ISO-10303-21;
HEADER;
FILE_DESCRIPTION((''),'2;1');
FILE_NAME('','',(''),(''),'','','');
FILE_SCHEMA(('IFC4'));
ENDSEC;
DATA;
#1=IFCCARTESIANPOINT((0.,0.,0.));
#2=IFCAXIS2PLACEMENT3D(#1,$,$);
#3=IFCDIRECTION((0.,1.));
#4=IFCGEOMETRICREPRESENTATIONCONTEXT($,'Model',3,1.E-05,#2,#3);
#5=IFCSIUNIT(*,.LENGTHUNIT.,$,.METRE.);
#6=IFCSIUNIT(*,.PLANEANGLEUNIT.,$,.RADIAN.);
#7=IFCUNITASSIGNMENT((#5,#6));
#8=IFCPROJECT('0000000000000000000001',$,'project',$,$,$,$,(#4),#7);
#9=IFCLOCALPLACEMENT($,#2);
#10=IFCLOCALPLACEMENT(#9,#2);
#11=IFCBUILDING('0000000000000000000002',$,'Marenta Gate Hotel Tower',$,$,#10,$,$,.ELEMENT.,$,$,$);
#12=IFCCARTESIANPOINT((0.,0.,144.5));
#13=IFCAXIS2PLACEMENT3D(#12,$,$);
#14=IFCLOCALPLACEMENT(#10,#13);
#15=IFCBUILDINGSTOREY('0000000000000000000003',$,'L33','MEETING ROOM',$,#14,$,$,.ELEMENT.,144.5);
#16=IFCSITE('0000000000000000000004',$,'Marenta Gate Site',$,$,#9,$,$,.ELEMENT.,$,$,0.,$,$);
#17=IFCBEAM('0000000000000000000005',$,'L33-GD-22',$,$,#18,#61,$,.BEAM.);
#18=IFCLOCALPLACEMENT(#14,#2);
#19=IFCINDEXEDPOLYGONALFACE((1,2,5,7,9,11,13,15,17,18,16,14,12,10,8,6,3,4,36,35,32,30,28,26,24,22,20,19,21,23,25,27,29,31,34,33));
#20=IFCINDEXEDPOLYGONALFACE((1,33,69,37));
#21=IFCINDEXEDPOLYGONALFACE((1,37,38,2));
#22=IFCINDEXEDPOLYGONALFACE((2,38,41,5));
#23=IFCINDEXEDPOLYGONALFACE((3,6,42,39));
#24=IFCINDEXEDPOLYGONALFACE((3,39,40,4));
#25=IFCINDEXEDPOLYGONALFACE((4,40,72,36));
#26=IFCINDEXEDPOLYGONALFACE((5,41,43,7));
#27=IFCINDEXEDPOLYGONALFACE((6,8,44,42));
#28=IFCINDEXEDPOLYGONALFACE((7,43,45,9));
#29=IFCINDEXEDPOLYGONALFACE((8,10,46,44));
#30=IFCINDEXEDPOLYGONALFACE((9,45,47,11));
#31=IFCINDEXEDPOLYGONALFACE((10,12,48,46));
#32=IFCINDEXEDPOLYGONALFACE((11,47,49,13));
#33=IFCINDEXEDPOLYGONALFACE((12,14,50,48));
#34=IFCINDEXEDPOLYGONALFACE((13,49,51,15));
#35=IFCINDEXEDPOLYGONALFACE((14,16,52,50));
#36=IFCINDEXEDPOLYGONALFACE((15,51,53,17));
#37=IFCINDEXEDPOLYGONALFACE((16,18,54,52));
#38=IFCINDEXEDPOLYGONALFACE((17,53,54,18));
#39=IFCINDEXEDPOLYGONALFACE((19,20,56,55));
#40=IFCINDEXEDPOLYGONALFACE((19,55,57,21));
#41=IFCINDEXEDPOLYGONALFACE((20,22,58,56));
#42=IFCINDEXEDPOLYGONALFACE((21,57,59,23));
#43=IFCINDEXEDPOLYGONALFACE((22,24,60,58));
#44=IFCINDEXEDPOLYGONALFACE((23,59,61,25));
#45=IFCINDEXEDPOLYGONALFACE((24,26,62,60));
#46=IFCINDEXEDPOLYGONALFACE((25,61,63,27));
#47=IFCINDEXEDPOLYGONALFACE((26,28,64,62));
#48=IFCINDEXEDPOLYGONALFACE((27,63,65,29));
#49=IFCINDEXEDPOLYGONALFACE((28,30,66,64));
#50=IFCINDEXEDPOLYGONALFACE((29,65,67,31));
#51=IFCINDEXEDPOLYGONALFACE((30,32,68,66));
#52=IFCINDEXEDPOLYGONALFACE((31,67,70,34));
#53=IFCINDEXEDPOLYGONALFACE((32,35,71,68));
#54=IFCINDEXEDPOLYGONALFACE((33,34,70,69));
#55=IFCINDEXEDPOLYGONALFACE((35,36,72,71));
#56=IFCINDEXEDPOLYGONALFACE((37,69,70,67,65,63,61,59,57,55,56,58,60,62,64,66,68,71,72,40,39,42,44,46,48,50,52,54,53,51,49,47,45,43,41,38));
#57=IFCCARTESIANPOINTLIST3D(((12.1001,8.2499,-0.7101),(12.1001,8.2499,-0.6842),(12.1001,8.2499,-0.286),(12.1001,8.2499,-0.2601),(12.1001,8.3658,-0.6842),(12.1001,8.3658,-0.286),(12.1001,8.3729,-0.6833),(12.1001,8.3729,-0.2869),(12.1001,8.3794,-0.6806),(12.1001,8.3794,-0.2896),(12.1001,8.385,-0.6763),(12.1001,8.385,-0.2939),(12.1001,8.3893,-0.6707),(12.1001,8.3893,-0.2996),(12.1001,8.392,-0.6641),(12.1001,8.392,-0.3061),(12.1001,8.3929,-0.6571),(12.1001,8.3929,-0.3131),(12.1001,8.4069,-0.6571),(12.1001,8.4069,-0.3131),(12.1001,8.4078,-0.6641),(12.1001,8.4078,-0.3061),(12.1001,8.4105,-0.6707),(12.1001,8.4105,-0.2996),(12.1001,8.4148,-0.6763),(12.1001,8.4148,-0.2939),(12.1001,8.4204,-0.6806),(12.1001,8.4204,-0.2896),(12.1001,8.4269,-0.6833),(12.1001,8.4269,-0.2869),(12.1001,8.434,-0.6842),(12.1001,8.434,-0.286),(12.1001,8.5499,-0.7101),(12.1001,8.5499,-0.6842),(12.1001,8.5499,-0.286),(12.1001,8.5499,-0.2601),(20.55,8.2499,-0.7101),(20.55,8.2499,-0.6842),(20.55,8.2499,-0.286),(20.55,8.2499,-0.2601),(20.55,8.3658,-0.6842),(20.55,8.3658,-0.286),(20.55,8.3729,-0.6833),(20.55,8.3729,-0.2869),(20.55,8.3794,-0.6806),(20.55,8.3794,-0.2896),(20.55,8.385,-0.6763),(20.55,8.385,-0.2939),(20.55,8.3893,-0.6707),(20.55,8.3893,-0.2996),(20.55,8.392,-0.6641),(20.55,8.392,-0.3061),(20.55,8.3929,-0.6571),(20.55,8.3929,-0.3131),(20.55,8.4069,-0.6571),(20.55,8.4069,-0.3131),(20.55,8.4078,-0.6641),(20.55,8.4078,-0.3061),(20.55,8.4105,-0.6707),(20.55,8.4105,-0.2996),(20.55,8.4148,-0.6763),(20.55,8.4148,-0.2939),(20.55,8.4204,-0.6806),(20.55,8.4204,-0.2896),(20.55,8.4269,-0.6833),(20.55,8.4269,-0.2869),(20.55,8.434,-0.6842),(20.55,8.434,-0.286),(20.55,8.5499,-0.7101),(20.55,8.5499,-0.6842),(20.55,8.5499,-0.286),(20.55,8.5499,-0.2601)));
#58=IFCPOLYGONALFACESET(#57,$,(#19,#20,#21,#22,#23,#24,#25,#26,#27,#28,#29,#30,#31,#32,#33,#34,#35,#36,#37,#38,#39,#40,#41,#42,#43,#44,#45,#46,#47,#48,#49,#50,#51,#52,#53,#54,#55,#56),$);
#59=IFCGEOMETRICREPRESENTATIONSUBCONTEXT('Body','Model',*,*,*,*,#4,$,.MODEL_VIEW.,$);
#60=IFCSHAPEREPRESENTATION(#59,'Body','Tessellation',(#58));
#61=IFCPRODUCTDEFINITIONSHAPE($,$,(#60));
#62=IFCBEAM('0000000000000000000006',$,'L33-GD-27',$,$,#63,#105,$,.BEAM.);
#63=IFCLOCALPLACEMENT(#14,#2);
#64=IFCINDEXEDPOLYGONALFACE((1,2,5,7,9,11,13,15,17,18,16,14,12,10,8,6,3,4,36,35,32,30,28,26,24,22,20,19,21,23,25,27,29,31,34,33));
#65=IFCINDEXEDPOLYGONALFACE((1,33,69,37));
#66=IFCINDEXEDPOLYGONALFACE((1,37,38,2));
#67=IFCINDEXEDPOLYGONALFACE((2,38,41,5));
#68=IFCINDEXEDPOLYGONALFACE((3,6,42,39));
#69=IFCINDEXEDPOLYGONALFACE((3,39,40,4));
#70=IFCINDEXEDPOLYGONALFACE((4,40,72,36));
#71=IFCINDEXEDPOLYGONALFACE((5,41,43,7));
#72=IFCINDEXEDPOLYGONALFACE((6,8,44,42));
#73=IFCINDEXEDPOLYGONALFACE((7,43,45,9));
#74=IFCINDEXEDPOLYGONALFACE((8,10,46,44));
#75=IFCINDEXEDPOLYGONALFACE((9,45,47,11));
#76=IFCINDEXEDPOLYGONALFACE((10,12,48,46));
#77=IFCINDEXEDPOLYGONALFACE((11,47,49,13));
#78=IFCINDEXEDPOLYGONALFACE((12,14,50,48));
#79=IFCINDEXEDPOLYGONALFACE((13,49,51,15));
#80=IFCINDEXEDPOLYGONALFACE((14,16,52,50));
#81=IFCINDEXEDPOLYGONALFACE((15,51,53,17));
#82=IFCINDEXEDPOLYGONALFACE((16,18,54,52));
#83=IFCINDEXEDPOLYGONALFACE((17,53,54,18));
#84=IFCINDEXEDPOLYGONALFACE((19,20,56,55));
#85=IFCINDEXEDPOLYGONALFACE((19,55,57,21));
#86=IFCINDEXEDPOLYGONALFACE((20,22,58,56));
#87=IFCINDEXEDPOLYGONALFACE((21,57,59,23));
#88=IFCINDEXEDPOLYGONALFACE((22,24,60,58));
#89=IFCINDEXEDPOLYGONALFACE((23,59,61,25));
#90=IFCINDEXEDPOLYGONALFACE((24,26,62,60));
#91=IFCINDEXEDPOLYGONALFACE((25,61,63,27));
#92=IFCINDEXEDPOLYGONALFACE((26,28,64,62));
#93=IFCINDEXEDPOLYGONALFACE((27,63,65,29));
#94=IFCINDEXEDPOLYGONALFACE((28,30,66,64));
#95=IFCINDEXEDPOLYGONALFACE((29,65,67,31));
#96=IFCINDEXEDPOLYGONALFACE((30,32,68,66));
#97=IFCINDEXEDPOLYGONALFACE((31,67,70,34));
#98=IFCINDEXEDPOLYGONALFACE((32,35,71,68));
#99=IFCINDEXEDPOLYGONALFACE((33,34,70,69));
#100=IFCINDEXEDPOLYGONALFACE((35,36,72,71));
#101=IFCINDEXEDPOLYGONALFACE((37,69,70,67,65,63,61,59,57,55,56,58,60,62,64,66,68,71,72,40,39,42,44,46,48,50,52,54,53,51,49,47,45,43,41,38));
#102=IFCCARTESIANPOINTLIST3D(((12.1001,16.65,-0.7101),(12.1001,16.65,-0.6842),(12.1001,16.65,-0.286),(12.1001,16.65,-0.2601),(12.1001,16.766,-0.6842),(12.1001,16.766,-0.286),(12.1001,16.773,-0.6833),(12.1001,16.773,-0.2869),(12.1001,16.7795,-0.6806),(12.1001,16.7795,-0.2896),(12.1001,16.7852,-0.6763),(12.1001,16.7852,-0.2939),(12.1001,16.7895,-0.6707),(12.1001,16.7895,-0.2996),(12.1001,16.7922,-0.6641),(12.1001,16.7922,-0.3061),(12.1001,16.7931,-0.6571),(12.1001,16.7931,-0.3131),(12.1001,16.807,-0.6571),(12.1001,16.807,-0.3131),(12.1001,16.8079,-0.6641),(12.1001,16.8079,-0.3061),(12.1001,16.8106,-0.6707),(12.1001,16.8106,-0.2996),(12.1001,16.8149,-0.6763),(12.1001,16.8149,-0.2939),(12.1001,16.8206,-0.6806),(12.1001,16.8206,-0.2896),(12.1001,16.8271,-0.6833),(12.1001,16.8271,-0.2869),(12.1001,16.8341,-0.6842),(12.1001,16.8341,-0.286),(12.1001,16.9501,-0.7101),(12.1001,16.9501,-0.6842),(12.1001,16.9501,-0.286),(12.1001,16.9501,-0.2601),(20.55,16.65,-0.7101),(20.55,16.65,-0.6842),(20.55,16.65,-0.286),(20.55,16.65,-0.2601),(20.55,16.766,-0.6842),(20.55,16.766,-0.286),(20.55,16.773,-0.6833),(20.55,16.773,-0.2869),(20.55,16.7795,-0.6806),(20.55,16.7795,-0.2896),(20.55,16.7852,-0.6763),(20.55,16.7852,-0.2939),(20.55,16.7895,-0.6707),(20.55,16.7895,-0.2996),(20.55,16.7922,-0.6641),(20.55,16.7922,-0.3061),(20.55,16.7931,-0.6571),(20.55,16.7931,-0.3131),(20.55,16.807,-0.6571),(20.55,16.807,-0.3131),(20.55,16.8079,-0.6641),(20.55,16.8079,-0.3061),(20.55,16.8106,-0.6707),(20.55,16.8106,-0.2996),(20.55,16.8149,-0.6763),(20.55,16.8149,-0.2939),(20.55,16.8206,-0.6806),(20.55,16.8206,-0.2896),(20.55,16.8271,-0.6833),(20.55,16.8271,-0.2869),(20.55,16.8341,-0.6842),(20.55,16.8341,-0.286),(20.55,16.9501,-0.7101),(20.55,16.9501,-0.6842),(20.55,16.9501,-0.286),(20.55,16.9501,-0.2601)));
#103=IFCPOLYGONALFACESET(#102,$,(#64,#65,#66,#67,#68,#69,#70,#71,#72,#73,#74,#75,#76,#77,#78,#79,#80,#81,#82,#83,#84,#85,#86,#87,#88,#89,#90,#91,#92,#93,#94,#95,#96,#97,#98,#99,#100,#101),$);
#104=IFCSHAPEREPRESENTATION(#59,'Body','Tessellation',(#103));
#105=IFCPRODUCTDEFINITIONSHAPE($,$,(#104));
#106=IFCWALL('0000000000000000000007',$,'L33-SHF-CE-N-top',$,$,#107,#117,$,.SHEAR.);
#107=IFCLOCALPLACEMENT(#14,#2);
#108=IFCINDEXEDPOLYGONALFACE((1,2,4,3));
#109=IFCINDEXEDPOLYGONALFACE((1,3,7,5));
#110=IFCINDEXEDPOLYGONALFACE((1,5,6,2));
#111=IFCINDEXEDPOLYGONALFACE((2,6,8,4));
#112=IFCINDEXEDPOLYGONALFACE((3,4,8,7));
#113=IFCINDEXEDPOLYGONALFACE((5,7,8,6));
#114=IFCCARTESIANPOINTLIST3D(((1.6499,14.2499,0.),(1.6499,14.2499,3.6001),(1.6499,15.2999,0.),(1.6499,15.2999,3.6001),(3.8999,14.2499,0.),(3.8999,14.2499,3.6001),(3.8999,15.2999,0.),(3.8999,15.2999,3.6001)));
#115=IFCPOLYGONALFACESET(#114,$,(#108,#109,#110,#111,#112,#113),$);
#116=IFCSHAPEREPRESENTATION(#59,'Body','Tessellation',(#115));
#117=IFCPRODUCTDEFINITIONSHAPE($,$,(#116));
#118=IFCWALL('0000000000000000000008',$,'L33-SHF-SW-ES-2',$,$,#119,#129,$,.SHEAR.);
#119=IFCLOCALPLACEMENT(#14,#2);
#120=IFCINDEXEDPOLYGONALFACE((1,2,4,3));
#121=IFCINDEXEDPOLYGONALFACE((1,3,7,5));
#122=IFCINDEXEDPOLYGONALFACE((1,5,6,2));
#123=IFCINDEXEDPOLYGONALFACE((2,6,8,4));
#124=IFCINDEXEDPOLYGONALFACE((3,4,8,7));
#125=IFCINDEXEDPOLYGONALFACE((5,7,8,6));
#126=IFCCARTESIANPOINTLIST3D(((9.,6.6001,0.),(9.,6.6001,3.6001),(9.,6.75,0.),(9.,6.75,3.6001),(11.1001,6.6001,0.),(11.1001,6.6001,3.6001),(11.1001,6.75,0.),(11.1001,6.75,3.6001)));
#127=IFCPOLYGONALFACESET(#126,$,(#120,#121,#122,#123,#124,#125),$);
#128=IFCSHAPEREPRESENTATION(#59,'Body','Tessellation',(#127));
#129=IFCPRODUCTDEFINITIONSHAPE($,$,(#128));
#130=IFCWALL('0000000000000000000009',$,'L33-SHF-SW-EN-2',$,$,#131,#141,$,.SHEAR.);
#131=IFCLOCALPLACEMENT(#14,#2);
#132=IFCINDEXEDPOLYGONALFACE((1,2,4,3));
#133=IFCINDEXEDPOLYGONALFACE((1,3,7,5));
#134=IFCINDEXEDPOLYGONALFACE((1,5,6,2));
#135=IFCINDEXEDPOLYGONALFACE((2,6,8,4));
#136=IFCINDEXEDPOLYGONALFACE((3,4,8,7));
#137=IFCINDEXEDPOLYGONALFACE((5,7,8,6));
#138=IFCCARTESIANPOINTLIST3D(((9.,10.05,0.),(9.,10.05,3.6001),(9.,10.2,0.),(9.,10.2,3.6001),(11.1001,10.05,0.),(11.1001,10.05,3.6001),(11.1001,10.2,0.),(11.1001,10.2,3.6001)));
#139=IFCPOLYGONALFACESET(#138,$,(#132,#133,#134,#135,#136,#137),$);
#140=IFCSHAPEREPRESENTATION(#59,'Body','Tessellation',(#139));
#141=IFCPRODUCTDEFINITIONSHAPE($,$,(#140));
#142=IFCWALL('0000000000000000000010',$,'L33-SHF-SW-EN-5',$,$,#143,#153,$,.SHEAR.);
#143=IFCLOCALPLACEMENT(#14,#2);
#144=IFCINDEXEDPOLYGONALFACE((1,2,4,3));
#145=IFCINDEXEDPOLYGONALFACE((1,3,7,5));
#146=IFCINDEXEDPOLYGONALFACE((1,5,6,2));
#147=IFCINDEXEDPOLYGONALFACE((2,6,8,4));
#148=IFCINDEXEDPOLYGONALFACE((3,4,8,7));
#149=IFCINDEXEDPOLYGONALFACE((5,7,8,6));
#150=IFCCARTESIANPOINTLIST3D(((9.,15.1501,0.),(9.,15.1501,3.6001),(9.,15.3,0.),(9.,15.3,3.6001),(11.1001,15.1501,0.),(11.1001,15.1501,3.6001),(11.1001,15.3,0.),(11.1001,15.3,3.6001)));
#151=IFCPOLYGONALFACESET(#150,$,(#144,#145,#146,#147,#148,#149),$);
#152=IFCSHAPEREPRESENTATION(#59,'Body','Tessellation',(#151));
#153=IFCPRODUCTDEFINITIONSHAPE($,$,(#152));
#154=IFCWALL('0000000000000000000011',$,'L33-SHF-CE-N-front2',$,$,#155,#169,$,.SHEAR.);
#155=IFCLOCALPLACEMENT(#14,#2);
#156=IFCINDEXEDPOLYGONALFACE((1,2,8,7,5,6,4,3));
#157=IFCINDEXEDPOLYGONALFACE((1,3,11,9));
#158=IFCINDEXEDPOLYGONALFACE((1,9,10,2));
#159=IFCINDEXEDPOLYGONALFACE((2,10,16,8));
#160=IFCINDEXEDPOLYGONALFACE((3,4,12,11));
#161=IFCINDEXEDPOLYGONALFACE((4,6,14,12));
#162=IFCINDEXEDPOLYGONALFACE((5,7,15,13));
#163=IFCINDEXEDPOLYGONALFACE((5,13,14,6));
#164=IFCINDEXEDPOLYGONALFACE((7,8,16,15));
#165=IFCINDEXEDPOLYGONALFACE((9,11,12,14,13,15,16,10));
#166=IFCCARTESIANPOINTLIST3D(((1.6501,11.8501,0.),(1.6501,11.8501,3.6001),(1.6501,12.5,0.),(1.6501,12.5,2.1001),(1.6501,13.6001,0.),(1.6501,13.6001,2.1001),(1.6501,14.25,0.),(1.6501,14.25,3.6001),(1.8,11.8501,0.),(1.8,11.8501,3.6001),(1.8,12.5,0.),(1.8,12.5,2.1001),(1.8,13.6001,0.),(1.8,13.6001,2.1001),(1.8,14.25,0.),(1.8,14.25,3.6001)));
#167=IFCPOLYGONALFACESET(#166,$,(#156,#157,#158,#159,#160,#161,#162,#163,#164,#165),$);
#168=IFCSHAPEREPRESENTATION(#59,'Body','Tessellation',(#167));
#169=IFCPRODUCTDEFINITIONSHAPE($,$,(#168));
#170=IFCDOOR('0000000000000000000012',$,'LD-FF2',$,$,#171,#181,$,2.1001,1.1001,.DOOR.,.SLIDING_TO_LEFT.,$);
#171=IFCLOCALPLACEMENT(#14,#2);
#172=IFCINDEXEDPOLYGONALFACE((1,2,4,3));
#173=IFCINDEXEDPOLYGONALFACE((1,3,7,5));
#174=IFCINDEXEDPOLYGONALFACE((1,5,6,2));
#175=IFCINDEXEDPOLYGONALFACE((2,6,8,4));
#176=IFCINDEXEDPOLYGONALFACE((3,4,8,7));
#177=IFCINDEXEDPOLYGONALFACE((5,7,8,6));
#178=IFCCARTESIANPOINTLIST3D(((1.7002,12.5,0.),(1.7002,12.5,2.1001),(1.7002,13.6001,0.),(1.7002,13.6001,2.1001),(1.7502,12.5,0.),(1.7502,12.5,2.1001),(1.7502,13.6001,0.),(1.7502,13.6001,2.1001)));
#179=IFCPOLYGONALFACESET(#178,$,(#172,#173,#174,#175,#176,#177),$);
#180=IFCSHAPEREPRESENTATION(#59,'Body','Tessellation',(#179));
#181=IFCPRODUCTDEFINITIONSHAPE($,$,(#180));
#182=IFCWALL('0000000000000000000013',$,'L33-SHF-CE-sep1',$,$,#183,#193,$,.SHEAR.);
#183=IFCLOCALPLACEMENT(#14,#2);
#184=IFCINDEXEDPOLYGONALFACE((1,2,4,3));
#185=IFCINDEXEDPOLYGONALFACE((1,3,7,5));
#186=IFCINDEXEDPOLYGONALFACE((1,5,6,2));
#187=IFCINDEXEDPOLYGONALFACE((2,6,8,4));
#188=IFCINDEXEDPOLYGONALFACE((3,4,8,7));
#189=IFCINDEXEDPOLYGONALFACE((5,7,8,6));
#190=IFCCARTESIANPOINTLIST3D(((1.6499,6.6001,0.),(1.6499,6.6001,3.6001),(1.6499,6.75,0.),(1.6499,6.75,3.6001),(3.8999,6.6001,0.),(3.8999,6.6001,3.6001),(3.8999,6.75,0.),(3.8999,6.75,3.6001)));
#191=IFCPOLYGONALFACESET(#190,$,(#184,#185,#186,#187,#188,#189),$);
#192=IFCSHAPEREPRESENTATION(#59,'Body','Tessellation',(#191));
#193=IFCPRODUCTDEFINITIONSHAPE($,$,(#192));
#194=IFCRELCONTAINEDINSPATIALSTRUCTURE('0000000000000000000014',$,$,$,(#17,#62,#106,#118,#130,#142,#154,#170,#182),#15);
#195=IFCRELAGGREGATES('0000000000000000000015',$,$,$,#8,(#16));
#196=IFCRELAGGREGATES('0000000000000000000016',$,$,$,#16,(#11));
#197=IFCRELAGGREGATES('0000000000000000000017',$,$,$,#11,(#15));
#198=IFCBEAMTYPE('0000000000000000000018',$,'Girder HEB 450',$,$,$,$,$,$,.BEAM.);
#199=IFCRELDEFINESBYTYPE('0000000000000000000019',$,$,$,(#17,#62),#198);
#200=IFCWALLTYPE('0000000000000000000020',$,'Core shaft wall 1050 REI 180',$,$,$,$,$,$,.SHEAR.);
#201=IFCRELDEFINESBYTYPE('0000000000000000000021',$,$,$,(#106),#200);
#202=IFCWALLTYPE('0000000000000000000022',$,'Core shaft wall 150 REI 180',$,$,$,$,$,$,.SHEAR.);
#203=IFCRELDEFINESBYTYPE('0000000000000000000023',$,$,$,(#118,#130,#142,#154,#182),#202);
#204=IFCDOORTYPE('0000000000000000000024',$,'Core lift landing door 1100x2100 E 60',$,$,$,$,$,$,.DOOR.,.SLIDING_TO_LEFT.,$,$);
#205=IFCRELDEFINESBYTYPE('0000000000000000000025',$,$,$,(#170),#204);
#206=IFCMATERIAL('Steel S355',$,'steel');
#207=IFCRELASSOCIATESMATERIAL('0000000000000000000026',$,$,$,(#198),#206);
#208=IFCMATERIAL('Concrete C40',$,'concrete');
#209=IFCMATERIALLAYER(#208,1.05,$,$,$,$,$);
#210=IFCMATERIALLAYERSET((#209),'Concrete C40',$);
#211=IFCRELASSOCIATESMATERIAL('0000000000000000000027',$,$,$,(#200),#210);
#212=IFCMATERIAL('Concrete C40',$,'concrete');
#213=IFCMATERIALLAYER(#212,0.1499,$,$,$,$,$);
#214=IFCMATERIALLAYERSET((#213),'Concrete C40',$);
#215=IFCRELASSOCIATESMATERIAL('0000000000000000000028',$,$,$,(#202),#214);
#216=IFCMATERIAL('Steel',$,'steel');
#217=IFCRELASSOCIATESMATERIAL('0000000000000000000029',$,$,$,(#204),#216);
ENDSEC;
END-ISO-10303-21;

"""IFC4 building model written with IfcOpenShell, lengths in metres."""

from ifc_helpers import new_model, si_unit, direction, frame, frame_2d, origin, origin_2d, place, context, subcontext, project, spatial, rectangle, i_section, extrude, material, layer, layer_set, material_profile, profile_set, type_object, element, fill, save


model = new_model("IFC4")

# Units and contexts
model_context = context("Model", 3, precision=1e-05, world=origin(), true_north=direction((0.0, 1.0)))
body_context = subcontext(model_context, "Body", "Model", "MODEL_VIEW")
ifc_project = project(units=[si_unit("LENGTHUNIT", "METRE"), si_unit("PLANEANGLEUNIT", "RADIAN")], contexts=[model_context])

# Site, building, storey
site_placement = place(None, origin())
site = spatial("IfcSite", under=ifc_project, at=site_placement, Name="Marenta Gate Site", CompositionType="ELEMENT", RefElevation=0.0)
building_placement = place(site_placement, origin())
building = spatial("IfcBuilding", under=site, at=building_placement, Name="Marenta Gate Hotel Tower", CompositionType="ELEMENT")
storey_placement = place(building_placement, frame((0.0, 0.0, 144.5)))
storey = spatial("IfcBuildingStorey", under=building, at=storey_placement, Name="L33", Description="MEETING ROOM", CompositionType="ELEMENT", Elevation=144.5)

# Beams
ifc_material_1 = material(Name="Steel S355", Category="steel")
ifc_material_profile = material_profile(ifc_material_1, i_section(OverallWidth=0.3, OverallDepth=0.45, WebThickness=0.0139, FlangeThickness=0.0259, FilletRadius=0.0271, at=origin_2d()), Name="HEB 450")
ifc_profile_set = profile_set([ifc_material_profile], Name="Steel S355")
beam_type = type_object("IfcBeamType", Name="Girder HEB 450", PredefinedType="BEAM", material=ifc_profile_set)
for number, where, z_axis, x_axis, name in (
    (1, (12.1001, 8.3999, -0.4851), (1.0, 0.0, 0.0), (0.0, 1.0, 0.0), "L33-GD-22"),
    (2, (12.1001, 16.8, -0.4851), (1.0, 0.0, 0.0), (0.0, 1.0, 0.0), "L33-GD-27"),
):
    element("IfcBeam", number, at=place(storey_placement, frame(where, z_axis=z_axis, x_axis=x_axis)), inside=storey, type_object=beam_type, Name=name, PredefinedType="BEAM", context=body_context, shape_type="SweptSolid", body=[
        extrude(i_section(OverallWidth=0.3, OverallDepth=0.45, WebThickness=0.0139, FlangeThickness=0.0259, FilletRadius=0.0271, at=origin_2d()), origin(), (0.0, 0.0, 1.0), 8.45),
    ])

# Walls
ifc_material_2 = material(Name="Concrete C40", Category="concrete")
ifc_layer_1 = layer(ifc_material_2, 1.05)
ifc_layer_set_1 = layer_set([ifc_layer_1], Name="Concrete C40")
wall_type_1 = type_object("IfcWallType", Name="Core shaft wall 1050 REI 180", PredefinedType="SHEAR", material=ifc_layer_set_1)
wall_1_placement = place(storey_placement, frame((1.6499, 14.7749, 0.0), z_axis=(0.0, 0.0, 1.0), x_axis=(1.0, 0.0, 0.0)))
element("IfcWall", 3, at=wall_1_placement, inside=storey, type_object=wall_type_1, Name="L33-SHF-CE-N-top", PredefinedType="SHEAR", context=body_context, shape_type="SweptSolid", body=[
    extrude(rectangle(XDim=2.25, YDim=1.05, at=frame_2d((1.125, 0.0))), origin(), (0.0, 0.0, 1.0), 3.6001),
])
ifc_material_3 = material(Name="Concrete C40", Category="concrete")
ifc_layer_2 = layer(ifc_material_3, 0.1499)
ifc_layer_set_2 = layer_set([ifc_layer_2], Name="Concrete C40")
wall_type_2 = type_object("IfcWallType", Name="Core shaft wall 150 REI 180", PredefinedType="SHEAR", material=ifc_layer_set_2)
for number, where, z_axis, x_axis, name in (
    (4, (9.0, 6.675, 0.0), (0.0, 0.0, 1.0), (1.0, 0.0, 0.0), "L33-SHF-SW-ES-2"),
    (5, (9.0, 10.125, 0.0), (0.0, 0.0, 1.0), (1.0, 0.0, 0.0), "L33-SHF-SW-EN-2"),
    (6, (9.0, 15.2251, 0.0), (0.0, 0.0, 1.0), (1.0, 0.0, 0.0), "L33-SHF-SW-EN-5"),
):
    element("IfcWall", number, at=place(storey_placement, frame(where, z_axis=z_axis, x_axis=x_axis)), inside=storey, type_object=wall_type_2, Name=name, PredefinedType="SHEAR", context=body_context, shape_type="SweptSolid", body=[
        extrude(rectangle(XDim=2.1001, YDim=0.1499, at=frame_2d((1.05, 0.0))), origin(), (0.0, 0.0, 1.0), 3.6001),
    ])

# Wall, opening, door
wall_2_placement = place(storey_placement, frame((1.7251, 11.8501, 0.0), z_axis=(0.0, 0.0, 1.0), x_axis=(0.0, 1.0, 0.0)))
wall_2 = element("IfcWall", 7, at=wall_2_placement, inside=storey, type_object=wall_type_2, Name="L33-SHF-CE-N-front2", PredefinedType="SHEAR", context=body_context, shape_type="SweptSolid", body=[
    extrude(rectangle(XDim=2.3999, YDim=0.1499, at=frame_2d((1.2, 0.0))), origin(), (0.0, 0.0, 1.0), 3.6001),
])
opening_1_placement = place(wall_2_placement, frame((0.6499, 0.0, 0.0)))
opening_1 = element("IfcOpeningElement", 8, at=opening_1_placement, cuts=wall_2, PredefinedType="OPENING", context=body_context, shape_type="SweptSolid", body=[
    extrude(rectangle(XDim=1.1001, YDim=2.1001, at=frame_2d((0.55, 1.05))), frame((0.0, 0.075, 0.0), z_axis=(0.0, -1.0, 0.0), x_axis=(1.0, 0.0, 0.0)), (0.0, 0.0, 1.0), 0.1499),
])
ifc_material_4 = material(Name="Steel", Category="steel")
door_type_1 = type_object("IfcDoorType", Name="Core lift landing door 1100x2100 E 60", OperationType="SLIDING_TO_LEFT", PredefinedType="DOOR", material=ifc_material_4)
door_1_placement = place(opening_1_placement, origin())
door_1 = element("IfcDoor", 9, at=door_1_placement, inside=storey, type_object=door_type_1, Name="LD-FF2", OperationType="SLIDING_TO_LEFT", OverallHeight=2.1001, OverallWidth=1.1001, PredefinedType="DOOR", context=body_context, shape_type="SweptSolid", body=[
    extrude(rectangle(XDim=1.1001, YDim=2.1001, at=frame_2d((0.55, 1.05))), frame((0.0, 0.0249, 0.0), z_axis=(0.0, -1.0, 0.0), x_axis=(1.0, 0.0, 0.0)), (0.0, 0.0, 1.0), 0.05),
])
fill(opening_1, door_1)

# Wall
for number, where, z_axis, x_axis, name in (
    (10, (1.6499, 6.675, 0.0), (0.0, 0.0, 1.0), (1.0, 0.0, 0.0), "L33-SHF-CE-sep1"),
):
    element("IfcWall", number, at=place(storey_placement, frame(where, z_axis=z_axis, x_axis=x_axis)), inside=storey, type_object=wall_type_2, Name=name, PredefinedType="SHEAR", context=body_context, shape_type="SweptSolid", body=[
        extrude(rectangle(XDim=2.25, YDim=0.1499, at=frame_2d((1.125, 0.0))), origin(), (0.0, 0.0, 1.0), 3.6001),
    ])

save(model, "model.ifc")
